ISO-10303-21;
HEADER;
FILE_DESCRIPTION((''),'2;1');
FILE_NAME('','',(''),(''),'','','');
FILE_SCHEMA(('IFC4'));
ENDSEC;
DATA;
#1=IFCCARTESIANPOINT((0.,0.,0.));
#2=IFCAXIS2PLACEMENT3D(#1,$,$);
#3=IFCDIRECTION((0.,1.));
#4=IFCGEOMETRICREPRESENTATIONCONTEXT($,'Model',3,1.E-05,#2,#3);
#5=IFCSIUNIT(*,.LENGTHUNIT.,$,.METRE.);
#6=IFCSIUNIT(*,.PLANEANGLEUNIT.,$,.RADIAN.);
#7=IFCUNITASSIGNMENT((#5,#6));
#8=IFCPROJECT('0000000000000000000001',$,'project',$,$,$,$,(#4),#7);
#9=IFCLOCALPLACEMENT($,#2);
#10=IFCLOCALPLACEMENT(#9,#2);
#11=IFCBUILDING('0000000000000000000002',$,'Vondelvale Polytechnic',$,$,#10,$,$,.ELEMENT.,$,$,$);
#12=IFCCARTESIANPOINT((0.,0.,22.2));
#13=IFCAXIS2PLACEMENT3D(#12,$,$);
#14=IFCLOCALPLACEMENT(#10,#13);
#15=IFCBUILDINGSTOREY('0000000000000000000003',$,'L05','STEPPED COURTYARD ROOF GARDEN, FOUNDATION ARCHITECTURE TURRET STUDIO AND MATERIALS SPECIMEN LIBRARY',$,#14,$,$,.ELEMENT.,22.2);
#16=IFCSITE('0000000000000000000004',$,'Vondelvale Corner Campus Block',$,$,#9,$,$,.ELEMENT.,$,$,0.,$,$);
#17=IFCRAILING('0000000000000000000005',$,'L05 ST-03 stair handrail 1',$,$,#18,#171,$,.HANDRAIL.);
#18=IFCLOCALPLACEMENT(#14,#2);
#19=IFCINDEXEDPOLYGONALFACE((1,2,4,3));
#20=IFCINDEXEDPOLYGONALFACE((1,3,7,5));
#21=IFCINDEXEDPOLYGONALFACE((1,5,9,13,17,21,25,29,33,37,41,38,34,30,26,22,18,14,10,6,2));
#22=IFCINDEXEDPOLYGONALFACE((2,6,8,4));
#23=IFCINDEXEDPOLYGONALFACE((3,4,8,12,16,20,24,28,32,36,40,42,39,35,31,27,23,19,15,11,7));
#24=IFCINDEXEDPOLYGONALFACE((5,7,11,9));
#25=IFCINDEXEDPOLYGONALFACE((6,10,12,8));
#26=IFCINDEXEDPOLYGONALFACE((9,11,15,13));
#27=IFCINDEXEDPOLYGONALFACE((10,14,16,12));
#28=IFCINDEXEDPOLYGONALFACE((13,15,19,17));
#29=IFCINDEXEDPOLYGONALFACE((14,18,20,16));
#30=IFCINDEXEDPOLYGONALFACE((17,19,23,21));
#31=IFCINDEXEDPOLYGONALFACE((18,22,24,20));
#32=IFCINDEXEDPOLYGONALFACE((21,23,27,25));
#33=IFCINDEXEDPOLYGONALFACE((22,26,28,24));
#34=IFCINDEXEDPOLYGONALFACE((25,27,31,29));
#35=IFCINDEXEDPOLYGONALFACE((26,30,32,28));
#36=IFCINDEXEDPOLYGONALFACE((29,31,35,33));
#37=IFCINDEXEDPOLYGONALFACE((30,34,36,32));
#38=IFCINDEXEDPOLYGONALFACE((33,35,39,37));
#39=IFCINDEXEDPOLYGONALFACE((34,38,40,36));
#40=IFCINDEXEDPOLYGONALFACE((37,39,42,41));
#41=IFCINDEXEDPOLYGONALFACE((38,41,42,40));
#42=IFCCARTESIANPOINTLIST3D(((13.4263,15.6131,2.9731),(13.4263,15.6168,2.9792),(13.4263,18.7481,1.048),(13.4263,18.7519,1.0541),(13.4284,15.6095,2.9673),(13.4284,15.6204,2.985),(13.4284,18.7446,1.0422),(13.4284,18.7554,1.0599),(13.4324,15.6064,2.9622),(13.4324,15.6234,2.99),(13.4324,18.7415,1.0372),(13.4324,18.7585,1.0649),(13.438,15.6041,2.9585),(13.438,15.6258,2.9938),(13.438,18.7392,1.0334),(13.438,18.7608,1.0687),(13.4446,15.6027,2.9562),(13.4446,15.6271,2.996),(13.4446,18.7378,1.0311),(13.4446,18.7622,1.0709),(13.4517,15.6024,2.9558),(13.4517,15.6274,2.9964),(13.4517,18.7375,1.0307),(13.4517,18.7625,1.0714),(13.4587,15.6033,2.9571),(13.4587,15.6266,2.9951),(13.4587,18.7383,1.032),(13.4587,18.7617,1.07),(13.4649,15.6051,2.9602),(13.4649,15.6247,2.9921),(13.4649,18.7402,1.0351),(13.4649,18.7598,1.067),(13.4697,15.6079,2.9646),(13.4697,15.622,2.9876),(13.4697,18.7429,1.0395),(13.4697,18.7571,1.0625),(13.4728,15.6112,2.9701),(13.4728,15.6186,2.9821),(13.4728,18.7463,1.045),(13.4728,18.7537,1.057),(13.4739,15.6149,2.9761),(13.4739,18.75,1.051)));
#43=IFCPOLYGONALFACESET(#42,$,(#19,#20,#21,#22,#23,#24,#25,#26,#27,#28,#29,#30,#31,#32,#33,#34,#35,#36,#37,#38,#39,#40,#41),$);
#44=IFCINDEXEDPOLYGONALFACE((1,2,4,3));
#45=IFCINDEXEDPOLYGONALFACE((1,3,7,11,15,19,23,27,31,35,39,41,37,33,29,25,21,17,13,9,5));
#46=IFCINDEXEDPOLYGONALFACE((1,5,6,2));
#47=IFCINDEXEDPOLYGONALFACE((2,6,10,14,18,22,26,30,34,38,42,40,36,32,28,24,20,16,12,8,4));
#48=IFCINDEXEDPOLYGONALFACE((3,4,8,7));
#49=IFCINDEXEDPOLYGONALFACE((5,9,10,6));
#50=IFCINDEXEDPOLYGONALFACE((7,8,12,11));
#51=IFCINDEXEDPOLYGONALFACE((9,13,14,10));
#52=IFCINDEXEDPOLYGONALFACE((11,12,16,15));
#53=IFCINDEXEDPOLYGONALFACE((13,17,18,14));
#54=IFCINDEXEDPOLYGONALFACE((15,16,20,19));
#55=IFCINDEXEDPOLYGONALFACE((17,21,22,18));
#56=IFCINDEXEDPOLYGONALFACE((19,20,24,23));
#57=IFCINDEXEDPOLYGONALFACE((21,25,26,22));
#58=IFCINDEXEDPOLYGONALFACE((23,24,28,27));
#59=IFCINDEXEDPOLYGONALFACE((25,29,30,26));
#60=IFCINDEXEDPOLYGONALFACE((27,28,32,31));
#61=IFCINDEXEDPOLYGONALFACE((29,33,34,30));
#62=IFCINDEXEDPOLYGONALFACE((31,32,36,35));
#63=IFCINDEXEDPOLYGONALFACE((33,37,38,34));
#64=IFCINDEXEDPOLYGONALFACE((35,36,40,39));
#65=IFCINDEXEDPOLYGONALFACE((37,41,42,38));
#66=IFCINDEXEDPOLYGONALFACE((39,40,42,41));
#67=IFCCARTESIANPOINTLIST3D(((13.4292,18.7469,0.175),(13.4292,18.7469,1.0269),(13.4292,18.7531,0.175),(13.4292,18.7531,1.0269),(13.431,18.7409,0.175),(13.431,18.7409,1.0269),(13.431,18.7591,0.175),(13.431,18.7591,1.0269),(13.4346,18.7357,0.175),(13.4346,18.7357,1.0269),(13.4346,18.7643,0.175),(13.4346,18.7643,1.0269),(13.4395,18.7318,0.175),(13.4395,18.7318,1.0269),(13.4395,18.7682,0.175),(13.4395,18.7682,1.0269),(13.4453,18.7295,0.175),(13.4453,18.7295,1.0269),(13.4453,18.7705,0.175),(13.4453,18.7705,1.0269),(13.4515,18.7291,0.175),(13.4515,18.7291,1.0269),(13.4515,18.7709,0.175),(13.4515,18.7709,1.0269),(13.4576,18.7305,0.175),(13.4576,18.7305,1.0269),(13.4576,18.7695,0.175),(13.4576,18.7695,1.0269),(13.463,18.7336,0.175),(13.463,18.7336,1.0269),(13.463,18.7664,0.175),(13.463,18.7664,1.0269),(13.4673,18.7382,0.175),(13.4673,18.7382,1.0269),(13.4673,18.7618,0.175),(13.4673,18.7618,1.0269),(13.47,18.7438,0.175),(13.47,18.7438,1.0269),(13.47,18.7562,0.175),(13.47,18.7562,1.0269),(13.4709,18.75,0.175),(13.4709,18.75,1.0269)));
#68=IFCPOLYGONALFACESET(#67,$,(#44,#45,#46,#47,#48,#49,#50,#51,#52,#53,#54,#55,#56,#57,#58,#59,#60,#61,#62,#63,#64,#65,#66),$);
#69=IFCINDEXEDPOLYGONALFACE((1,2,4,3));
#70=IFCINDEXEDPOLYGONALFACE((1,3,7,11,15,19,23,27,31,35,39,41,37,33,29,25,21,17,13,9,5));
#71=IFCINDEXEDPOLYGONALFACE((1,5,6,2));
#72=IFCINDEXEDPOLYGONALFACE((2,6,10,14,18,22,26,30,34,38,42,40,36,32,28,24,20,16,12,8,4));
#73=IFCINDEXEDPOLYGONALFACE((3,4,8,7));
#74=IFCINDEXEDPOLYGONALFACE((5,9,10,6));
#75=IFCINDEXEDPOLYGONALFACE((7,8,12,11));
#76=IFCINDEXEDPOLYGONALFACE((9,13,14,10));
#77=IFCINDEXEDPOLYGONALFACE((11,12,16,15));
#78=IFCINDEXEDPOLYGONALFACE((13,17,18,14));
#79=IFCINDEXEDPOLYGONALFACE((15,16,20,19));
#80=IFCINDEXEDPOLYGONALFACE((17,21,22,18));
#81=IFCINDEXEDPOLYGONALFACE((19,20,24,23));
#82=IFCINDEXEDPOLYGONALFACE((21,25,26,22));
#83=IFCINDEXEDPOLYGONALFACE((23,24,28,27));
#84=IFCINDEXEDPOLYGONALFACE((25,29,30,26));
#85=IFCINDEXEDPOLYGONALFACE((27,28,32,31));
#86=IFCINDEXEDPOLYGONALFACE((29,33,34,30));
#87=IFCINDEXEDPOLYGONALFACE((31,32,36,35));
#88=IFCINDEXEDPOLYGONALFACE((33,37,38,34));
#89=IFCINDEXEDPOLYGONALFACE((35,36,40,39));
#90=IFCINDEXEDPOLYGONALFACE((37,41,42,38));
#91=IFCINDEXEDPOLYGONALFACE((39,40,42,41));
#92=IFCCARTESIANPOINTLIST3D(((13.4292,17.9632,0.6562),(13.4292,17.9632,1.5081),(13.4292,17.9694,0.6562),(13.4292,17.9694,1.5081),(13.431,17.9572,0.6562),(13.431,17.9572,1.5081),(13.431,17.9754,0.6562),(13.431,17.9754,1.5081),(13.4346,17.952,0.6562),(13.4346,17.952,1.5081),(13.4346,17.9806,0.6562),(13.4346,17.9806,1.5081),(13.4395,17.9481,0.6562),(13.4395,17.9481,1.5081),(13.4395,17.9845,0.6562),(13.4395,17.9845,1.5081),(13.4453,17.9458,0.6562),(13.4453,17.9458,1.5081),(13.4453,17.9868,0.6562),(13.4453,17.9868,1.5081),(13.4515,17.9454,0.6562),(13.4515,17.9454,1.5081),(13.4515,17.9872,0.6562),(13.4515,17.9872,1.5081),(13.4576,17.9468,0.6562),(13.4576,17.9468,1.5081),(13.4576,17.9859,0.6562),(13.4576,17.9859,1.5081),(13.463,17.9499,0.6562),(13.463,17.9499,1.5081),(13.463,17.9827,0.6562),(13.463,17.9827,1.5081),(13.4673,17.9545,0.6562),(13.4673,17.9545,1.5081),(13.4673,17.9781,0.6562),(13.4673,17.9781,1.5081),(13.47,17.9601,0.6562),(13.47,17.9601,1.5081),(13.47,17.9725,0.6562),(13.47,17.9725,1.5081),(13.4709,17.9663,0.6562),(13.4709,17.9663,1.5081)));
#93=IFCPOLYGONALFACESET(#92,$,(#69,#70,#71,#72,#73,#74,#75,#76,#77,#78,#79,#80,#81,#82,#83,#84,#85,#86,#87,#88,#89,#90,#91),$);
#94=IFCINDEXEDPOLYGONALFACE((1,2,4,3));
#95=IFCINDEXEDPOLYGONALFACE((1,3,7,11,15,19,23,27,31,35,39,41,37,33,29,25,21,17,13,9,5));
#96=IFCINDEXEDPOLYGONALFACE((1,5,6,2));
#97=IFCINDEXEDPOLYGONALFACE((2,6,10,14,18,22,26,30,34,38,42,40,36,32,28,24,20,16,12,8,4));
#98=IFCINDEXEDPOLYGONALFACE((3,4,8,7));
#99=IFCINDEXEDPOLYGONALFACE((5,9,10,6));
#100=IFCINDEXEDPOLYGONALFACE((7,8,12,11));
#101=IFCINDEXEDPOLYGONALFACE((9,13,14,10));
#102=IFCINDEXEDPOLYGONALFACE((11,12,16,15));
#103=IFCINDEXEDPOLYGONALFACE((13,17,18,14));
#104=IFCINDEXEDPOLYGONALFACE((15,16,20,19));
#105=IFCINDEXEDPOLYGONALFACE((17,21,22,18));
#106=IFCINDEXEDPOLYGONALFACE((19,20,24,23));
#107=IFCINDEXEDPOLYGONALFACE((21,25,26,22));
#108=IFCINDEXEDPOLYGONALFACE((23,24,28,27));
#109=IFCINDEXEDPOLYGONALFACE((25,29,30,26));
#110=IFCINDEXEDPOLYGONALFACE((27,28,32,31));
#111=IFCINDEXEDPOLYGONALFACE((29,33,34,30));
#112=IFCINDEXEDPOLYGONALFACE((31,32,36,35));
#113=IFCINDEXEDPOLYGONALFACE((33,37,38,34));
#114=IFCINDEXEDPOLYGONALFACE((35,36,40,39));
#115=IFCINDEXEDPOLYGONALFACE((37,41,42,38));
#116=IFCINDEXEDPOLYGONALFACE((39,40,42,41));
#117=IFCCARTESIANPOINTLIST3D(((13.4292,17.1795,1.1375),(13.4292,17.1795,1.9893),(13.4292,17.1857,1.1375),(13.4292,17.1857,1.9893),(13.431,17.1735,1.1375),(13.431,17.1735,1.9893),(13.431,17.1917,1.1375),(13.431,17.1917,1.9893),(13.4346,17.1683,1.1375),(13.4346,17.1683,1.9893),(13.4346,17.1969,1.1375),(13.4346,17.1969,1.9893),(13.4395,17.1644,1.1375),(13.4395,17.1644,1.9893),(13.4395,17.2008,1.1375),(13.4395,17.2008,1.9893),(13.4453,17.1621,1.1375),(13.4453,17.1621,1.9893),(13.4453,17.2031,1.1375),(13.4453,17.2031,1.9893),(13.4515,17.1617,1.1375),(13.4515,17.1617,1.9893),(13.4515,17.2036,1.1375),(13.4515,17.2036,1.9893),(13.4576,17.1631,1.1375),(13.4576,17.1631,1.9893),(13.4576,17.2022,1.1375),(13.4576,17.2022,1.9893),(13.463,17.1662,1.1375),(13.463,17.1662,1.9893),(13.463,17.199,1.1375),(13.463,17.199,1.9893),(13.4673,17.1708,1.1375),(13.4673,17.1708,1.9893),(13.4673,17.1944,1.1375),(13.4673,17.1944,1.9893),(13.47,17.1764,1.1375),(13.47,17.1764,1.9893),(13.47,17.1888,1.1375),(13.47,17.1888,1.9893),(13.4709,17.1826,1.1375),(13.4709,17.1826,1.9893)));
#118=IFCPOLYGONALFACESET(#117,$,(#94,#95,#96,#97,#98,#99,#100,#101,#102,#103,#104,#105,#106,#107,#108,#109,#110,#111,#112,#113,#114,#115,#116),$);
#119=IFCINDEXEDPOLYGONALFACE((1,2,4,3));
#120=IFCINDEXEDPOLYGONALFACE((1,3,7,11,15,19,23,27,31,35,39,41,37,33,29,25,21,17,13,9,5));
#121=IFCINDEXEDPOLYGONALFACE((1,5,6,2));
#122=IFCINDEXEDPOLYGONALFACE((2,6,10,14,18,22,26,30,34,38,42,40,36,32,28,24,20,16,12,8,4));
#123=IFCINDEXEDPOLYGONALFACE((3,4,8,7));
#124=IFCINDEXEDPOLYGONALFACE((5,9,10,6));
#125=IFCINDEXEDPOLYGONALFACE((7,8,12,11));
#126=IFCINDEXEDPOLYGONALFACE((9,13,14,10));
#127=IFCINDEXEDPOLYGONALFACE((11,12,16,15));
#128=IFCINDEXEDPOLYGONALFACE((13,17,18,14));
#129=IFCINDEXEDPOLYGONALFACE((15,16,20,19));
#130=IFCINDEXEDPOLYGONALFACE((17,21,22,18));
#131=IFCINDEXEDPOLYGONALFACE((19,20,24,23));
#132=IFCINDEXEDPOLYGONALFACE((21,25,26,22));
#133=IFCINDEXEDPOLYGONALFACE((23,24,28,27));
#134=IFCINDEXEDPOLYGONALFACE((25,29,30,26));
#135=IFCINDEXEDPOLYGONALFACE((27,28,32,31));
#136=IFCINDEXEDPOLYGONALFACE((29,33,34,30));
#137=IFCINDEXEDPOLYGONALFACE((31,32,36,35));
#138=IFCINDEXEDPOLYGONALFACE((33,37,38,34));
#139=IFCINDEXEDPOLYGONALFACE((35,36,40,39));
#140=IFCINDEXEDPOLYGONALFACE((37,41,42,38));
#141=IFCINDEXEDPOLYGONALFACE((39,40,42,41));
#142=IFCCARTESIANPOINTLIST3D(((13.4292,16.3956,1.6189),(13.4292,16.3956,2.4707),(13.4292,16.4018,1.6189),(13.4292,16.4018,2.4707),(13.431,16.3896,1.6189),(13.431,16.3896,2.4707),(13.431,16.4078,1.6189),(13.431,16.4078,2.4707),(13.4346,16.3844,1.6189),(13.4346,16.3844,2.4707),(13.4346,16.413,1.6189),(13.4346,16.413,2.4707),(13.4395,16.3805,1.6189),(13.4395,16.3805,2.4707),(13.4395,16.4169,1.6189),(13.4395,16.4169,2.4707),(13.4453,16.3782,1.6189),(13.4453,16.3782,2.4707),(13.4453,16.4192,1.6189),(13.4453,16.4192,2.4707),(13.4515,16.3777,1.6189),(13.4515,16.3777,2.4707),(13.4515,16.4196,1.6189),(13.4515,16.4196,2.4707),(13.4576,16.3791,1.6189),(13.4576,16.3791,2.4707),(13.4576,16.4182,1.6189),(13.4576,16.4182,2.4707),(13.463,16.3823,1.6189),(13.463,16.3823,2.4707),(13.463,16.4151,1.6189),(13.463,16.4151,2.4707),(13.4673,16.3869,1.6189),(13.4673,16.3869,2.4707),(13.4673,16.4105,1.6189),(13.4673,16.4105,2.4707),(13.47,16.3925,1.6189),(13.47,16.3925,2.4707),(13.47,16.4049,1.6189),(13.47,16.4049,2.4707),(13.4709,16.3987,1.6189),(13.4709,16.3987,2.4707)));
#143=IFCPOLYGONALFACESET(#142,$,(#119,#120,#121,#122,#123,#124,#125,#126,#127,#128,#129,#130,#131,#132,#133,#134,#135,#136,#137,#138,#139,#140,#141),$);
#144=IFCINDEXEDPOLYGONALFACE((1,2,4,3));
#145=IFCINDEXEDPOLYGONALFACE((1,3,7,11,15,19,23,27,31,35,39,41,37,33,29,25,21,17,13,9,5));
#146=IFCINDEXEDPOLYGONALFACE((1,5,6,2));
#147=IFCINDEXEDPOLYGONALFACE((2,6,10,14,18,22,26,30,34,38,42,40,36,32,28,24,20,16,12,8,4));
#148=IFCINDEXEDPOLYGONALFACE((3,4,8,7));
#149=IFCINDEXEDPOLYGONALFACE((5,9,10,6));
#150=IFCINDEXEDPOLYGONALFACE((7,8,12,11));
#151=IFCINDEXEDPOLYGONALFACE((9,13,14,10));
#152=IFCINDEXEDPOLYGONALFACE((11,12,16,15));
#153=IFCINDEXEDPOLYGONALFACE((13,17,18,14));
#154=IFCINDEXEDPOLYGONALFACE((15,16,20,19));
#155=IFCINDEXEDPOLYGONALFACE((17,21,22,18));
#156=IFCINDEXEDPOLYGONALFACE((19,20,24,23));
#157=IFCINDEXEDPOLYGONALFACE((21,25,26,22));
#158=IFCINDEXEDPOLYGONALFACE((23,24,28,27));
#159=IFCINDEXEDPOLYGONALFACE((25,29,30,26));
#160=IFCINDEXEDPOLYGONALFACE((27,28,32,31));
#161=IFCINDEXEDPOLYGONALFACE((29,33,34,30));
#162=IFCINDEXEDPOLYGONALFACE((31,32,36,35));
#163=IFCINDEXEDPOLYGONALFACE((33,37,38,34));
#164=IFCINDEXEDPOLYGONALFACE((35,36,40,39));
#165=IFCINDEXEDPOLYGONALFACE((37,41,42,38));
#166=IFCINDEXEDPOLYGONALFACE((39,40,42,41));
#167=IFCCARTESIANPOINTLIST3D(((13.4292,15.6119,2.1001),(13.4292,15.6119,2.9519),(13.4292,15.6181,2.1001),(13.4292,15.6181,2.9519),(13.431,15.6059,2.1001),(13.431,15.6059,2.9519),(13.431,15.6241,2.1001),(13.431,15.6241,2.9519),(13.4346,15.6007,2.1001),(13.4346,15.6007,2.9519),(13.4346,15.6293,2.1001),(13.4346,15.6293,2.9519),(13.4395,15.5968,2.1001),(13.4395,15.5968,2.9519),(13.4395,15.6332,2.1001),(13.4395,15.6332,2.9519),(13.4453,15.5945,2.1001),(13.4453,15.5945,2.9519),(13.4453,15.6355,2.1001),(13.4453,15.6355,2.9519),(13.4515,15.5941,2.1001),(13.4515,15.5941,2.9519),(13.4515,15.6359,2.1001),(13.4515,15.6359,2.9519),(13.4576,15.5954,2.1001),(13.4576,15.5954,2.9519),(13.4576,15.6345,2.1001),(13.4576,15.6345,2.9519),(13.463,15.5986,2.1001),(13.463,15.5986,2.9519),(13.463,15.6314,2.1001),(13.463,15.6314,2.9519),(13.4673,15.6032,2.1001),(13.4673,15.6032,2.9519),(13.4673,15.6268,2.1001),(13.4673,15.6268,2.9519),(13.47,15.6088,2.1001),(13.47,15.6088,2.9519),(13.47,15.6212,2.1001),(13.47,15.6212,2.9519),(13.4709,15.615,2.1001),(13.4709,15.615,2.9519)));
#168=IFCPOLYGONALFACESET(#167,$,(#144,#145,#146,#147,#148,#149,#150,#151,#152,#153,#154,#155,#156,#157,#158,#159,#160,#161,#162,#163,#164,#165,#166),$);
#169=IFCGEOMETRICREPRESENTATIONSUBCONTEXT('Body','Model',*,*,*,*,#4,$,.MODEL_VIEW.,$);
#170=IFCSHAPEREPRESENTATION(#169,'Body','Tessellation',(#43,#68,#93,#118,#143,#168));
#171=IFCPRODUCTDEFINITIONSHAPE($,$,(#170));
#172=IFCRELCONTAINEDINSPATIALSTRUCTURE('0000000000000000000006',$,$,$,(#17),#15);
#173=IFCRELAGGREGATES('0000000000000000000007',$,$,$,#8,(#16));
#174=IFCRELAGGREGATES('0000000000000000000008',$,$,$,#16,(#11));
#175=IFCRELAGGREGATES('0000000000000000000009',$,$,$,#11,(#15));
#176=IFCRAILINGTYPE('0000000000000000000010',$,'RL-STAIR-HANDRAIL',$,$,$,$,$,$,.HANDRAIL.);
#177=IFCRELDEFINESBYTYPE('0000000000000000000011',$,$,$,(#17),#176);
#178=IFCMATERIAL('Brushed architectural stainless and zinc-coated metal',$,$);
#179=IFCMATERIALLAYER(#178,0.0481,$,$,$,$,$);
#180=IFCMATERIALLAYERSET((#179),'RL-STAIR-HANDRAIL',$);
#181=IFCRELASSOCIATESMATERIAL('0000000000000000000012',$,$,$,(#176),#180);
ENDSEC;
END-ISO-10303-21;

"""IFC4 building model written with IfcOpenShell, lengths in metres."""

from ifc_helpers import new_model, si_unit, direction, frame, origin, origin_2d, place, context, subcontext, project, spatial, circle, extrude, material, layer, layer_set, type_object, element, save


model = new_model("IFC4")

# Units and contexts
model_context = context("Model", 3, precision=1e-05, world=origin(), true_north=direction((0.0, 1.0)))
body_context = subcontext(model_context, "Body", "Model", "MODEL_VIEW")
ifc_project = project(units=[si_unit("LENGTHUNIT", "METRE"), si_unit("PLANEANGLEUNIT", "RADIAN")], contexts=[model_context])

# Site, building, storey
site_placement = place(None, origin())
site = spatial("IfcSite", under=ifc_project, at=site_placement, Name="Vondelvale Corner Campus Block", CompositionType="ELEMENT", RefElevation=0.0)
building_placement = place(site_placement, origin())
building = spatial("IfcBuilding", under=site, at=building_placement, Name="Vondelvale Polytechnic", CompositionType="ELEMENT")
storey_placement = place(building_placement, frame((0.0, 0.0, 22.2)))
storey = spatial("IfcBuildingStorey", under=building, at=storey_placement, Name="L05", Description="STEPPED COURTYARD ROOF GARDEN, FOUNDATION ARCHITECTURE TURRET STUDIO AND MATERIALS SPECIMEN LIBRARY", CompositionType="ELEMENT", Elevation=22.2)

# Shared definitions
ifc_material_1 = material(Name="Brushed architectural stainless and zinc-coated metal")

# Railing
ifc_layer_1 = layer(ifc_material_1, 0.0481)
ifc_layer_set_1 = layer_set([ifc_layer_1], Name="RL-STAIR-HANDRAIL")
railing_type_1 = type_object("IfcRailingType", Name="RL-STAIR-HANDRAIL", PredefinedType="HANDRAIL", material=ifc_layer_set_1)
railing_1_placement = place(storey_placement, frame((13.45, 18.75, 0.175)))
element("IfcRailing", 1, at=railing_1_placement, inside=storey, type_object=railing_type_1, Name="L05 ST-03 stair handrail 1", PredefinedType="HANDRAIL", context=body_context, shape_type="SweptSolid", body=[
    extrude(circle(Radius=0.0239, at=origin_2d()), frame((0.0, 0.0, 0.876), z_axis=(0.0, -0.852166, 0.523271), x_axis=(1.0, 0.0, 0.0)), (0.0, 0.0, 1.0), 3.679),
    extrude(circle(Radius=0.021, at=origin_2d()), origin(), (0.0, 0.0, 1.0), 0.8518),
    extrude(circle(Radius=0.021, at=origin_2d()), frame((0.0, -0.7837, 0.4812)), (0.0, 0.0, 1.0), 0.8518),
    extrude(circle(Radius=0.021, at=origin_2d()), frame((0.0, -1.5674, 0.9624)), (0.0, 0.0, 1.0), 0.8518),
    extrude(circle(Radius=0.021, at=origin_2d()), frame((0.0, -2.3513, 1.4438)), (0.0, 0.0, 1.0), 0.8518),
    extrude(circle(Radius=0.021, at=origin_2d()), frame((0.0, -3.135, 1.925)), (0.0, 0.0, 1.0), 0.8518),
])

save(model, "model.ifc")
